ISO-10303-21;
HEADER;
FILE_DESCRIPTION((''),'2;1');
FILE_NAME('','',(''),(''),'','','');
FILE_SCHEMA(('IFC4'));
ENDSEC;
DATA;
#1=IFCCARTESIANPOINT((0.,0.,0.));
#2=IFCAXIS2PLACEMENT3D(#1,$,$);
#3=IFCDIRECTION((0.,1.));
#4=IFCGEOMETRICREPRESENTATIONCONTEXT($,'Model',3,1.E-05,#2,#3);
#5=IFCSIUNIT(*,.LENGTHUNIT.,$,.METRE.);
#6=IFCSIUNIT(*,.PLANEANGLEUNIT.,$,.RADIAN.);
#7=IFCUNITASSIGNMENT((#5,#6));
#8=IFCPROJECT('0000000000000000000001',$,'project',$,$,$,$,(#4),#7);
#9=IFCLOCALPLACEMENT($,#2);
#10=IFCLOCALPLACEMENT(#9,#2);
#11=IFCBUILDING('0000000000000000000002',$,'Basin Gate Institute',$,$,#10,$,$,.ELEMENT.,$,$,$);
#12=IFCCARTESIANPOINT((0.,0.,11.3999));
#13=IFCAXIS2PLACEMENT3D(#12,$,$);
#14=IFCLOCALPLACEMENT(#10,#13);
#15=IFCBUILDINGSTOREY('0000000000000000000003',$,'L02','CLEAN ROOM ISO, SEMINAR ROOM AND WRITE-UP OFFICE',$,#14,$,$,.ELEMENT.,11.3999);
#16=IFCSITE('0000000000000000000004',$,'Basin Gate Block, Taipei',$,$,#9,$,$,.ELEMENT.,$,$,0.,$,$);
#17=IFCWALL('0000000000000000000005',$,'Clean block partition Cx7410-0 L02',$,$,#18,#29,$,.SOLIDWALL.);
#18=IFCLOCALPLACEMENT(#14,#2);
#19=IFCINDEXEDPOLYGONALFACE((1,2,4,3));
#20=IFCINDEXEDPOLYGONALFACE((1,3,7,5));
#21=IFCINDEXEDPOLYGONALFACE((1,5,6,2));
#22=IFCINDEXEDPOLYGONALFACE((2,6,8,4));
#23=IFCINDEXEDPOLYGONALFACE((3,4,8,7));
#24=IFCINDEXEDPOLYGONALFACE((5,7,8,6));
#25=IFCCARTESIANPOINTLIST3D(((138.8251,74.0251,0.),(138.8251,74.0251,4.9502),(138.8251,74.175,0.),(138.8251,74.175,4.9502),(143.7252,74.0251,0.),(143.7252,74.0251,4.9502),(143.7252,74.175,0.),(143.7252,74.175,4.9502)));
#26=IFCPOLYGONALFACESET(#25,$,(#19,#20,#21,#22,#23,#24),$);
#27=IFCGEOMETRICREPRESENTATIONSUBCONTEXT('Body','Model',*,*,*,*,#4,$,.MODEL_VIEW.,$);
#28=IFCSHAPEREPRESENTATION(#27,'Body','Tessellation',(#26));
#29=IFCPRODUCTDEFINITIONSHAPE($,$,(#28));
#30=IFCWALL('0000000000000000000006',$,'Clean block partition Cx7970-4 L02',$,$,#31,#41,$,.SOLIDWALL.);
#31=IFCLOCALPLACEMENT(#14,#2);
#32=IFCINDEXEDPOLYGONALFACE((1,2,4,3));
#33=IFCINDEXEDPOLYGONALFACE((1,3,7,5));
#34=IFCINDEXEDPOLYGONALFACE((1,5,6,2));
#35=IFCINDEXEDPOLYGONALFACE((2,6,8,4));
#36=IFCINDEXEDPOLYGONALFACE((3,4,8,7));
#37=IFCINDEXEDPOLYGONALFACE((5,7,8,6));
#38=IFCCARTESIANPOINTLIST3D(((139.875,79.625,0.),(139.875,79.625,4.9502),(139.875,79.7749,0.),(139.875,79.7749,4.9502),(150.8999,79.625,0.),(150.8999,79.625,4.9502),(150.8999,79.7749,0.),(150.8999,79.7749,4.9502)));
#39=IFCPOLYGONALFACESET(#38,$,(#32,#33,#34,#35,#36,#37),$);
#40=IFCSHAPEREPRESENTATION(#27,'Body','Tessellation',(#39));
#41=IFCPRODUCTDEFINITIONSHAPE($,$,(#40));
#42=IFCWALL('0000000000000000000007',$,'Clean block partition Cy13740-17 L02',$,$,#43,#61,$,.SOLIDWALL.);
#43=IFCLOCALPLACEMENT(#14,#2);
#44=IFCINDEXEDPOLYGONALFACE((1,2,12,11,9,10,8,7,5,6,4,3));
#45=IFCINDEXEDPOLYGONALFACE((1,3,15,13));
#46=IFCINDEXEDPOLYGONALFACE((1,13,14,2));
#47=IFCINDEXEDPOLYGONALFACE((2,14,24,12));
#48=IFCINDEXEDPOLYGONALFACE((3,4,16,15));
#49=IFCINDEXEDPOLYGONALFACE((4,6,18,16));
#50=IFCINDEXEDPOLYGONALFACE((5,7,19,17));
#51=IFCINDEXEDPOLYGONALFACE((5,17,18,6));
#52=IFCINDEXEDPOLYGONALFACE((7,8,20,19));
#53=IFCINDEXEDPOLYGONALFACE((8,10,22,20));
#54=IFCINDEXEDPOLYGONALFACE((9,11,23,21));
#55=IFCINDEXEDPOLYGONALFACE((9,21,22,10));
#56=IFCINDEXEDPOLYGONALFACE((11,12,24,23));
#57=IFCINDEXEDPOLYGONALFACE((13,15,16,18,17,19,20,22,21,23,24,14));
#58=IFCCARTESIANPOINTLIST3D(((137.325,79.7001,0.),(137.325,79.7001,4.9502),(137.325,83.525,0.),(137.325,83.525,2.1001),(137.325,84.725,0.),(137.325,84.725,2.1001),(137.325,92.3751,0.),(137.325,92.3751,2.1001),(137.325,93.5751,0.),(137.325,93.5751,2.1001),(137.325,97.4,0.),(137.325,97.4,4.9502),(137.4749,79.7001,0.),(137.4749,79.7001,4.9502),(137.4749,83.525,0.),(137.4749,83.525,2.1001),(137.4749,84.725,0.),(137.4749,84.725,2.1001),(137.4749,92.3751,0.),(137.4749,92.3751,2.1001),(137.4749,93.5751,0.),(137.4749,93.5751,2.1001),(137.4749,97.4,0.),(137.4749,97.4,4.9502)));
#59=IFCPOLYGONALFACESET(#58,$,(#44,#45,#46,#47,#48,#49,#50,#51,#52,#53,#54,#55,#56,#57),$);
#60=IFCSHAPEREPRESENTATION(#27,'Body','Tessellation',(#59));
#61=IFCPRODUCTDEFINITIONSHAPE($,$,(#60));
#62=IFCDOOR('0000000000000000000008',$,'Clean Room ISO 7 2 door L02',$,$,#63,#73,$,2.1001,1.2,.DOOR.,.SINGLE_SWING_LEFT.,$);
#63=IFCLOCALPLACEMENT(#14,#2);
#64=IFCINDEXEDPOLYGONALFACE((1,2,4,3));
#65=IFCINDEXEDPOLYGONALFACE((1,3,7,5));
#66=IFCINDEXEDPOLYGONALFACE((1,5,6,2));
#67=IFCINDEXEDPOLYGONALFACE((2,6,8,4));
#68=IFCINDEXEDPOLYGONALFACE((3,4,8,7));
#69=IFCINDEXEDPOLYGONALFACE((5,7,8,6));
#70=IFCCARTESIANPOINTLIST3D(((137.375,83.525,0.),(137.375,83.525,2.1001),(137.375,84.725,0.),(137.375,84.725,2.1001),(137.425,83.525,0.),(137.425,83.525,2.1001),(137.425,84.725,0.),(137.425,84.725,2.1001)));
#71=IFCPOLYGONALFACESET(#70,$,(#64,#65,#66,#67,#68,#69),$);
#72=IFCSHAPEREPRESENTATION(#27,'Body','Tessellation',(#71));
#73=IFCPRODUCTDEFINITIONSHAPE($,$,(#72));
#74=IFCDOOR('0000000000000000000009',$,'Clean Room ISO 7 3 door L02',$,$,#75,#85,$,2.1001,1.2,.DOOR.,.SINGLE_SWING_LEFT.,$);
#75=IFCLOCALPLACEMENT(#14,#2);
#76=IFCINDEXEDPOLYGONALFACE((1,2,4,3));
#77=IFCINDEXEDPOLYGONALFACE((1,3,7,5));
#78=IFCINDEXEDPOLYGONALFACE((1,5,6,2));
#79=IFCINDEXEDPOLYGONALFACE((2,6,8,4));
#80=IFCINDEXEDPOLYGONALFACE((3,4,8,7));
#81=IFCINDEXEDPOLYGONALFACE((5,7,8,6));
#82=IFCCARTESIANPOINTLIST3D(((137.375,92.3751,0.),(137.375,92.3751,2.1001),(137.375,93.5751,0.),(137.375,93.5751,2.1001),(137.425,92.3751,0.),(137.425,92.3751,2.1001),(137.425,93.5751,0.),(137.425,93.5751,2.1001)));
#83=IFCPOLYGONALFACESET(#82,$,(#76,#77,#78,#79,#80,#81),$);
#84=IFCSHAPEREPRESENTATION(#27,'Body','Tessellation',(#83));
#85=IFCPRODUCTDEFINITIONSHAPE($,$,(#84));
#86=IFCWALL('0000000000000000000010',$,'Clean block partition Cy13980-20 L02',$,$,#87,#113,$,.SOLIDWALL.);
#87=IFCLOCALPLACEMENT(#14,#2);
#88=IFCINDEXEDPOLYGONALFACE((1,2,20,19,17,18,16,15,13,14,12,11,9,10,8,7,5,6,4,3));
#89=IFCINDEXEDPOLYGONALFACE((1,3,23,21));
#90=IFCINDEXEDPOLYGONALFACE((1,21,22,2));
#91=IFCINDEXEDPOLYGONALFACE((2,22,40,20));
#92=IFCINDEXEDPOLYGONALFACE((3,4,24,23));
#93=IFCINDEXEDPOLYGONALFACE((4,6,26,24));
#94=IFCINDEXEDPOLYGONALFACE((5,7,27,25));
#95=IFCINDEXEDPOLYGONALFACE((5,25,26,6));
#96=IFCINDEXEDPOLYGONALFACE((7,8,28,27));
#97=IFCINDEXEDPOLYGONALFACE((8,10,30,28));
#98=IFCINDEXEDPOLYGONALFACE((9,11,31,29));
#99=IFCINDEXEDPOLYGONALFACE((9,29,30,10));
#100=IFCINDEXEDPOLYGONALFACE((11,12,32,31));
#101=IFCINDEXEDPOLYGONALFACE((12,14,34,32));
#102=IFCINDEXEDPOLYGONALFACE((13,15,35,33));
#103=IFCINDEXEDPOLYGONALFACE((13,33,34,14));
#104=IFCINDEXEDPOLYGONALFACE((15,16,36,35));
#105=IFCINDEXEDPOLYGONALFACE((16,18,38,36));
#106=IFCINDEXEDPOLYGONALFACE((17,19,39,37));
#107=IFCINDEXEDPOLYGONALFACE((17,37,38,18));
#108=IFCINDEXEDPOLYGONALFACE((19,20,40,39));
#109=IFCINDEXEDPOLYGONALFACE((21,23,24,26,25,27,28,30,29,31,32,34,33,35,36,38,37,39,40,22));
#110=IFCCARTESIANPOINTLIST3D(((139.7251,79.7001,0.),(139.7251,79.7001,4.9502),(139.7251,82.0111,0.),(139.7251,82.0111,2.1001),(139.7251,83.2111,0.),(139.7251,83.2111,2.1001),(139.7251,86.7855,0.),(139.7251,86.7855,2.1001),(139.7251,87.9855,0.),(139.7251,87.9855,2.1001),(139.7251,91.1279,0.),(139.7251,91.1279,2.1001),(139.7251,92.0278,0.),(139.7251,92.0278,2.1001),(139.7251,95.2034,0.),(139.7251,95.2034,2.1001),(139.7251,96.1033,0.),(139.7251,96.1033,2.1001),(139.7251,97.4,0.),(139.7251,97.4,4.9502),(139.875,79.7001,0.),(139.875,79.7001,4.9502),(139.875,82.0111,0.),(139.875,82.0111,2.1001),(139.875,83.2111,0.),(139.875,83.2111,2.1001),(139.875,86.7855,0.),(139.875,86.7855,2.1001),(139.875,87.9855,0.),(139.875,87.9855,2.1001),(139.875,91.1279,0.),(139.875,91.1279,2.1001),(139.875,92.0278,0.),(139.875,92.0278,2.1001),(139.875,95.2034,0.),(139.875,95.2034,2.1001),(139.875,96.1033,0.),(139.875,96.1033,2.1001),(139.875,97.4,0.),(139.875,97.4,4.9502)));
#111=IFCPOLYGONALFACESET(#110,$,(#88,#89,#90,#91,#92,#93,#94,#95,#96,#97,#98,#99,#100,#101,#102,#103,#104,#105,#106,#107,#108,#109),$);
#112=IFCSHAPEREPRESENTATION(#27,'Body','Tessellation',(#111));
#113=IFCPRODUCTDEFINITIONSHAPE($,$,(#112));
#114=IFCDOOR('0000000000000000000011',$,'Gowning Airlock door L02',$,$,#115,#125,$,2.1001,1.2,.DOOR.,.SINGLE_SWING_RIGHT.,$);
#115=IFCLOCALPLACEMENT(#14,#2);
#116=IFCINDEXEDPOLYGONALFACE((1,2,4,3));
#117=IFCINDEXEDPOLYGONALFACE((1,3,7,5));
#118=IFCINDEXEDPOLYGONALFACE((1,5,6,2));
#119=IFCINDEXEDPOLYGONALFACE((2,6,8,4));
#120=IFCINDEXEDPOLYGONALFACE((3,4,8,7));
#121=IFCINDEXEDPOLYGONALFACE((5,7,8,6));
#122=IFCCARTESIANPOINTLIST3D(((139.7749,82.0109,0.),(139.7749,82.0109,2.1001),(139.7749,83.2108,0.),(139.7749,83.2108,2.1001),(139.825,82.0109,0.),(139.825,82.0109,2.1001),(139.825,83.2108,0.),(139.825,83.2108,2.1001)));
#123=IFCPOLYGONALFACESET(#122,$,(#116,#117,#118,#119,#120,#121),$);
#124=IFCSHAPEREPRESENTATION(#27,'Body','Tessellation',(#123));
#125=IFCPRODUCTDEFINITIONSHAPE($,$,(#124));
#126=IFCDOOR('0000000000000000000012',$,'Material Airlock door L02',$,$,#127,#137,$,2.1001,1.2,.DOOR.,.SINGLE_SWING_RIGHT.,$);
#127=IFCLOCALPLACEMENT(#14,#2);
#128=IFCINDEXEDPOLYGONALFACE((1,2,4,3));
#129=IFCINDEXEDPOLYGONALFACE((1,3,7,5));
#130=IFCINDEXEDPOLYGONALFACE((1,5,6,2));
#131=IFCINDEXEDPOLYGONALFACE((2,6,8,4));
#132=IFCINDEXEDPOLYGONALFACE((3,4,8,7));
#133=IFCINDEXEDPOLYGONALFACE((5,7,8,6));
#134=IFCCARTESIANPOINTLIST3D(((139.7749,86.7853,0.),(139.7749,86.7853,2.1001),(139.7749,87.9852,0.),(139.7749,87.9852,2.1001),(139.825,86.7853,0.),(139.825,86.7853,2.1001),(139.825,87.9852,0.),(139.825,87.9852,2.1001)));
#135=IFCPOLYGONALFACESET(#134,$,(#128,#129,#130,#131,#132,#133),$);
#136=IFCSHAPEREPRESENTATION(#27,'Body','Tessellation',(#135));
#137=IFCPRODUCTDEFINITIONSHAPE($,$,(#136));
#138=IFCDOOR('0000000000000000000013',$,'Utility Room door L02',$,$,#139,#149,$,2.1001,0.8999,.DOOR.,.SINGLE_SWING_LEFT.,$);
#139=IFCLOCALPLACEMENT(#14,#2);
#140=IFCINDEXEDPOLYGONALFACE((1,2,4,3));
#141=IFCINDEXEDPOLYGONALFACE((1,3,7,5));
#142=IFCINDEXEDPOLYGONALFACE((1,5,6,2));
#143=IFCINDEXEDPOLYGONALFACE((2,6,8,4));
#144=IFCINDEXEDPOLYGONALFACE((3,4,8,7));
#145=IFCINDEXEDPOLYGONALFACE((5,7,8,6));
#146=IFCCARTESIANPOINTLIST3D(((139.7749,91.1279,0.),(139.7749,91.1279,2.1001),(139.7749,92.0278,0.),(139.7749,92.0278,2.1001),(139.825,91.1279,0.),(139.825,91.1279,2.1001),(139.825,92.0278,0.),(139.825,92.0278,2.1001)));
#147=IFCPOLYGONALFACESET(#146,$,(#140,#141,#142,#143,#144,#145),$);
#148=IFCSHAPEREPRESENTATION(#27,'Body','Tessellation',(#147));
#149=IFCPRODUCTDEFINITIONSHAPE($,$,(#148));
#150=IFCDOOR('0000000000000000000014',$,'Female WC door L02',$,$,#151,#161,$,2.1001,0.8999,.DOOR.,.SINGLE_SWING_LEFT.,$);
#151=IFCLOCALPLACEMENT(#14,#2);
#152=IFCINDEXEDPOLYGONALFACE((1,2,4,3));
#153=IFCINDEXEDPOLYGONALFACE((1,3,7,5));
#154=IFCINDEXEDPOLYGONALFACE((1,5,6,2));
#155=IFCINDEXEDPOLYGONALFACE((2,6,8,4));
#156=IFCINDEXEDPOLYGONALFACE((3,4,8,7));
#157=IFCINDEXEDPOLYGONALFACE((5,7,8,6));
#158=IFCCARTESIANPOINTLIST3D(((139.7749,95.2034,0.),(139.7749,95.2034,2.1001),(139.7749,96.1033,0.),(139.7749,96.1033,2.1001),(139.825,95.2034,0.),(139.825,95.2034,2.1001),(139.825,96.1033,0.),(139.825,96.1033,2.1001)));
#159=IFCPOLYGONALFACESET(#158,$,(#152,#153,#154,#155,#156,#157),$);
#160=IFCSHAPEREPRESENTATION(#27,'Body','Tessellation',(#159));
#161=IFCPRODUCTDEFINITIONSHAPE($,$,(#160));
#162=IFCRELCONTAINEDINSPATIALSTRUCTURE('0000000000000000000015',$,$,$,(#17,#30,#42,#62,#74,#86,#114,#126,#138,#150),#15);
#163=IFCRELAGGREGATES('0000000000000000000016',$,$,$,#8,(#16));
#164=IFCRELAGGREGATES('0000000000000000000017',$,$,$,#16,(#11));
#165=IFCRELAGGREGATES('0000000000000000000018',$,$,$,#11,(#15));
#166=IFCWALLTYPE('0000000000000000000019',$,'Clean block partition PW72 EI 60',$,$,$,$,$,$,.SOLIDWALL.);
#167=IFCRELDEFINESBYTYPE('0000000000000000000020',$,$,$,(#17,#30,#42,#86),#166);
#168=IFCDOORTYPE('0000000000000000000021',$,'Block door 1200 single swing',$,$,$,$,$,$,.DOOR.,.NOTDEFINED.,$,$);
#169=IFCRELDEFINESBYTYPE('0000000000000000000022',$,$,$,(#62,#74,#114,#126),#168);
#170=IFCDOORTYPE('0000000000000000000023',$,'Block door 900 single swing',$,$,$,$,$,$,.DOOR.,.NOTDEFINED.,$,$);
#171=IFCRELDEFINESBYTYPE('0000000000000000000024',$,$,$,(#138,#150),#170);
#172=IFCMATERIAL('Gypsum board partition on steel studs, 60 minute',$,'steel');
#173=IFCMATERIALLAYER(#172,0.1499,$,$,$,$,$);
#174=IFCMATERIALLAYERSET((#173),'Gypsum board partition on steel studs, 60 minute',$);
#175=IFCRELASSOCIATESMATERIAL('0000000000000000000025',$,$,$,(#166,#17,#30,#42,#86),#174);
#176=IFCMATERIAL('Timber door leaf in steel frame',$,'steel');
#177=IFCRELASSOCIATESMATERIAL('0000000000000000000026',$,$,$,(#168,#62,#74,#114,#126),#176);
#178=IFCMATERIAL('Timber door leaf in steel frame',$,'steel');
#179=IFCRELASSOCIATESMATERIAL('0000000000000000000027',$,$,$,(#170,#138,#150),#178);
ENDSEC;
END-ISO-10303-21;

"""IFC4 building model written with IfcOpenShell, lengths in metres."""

from ifc_helpers import new_model, si_unit, direction, frame, frame_2d, origin, place, context, subcontext, project, spatial, rectangle, extrude, material, layer, layer_set, type_object, element, fill, save


model = new_model("IFC4")

# Units and contexts
model_context = context("Model", 3, precision=1e-05, world=origin(), true_north=direction((0.0, 1.0)))
body_context = subcontext(model_context, "Body", "Model", "MODEL_VIEW")
ifc_project = project(units=[si_unit("LENGTHUNIT", "METRE"), si_unit("PLANEANGLEUNIT", "RADIAN")], contexts=[model_context])

# Site, building, storey
site_placement = place(None, origin())
site = spatial("IfcSite", under=ifc_project, at=site_placement, Name="Basin Gate Block, Taipei", CompositionType="ELEMENT", RefElevation=0.0)
building_placement = place(site_placement, origin())
building = spatial("IfcBuilding", under=site, at=building_placement, Name="Basin Gate Institute", CompositionType="ELEMENT")
storey_placement = place(building_placement, frame((0.0, 0.0, 11.3999)))
storey = spatial("IfcBuildingStorey", under=building, at=storey_placement, Name="L02", Description="CLEAN ROOM ISO, SEMINAR ROOM AND WRITE-UP OFFICE", CompositionType="ELEMENT", Elevation=11.3999)

# Walls
ifc_material_1 = material(Name="Gypsum board partition on steel studs, 60 minute", Category="steel")
ifc_layer_1 = layer(ifc_material_1, 0.1499)
ifc_layer_set_1 = layer_set([ifc_layer_1], Name="Gypsum board partition on steel studs, 60 minute")
wall_type_1 = type_object("IfcWallType", Name="Clean block partition PW72 EI 60", PredefinedType="SOLIDWALL", material=ifc_layer_set_1)
wall_1_placement = place(storey_placement, frame((138.825, 74.1001, 0.0), z_axis=(0.0, 0.0, 1.0), x_axis=(1.0, 0.0, 0.0)))
element("IfcWall", 1, at=wall_1_placement, inside=storey, type_object=wall_type_1, material=ifc_layer_set_1, Name="Clean block partition Cx7410-0 L02", PredefinedType="SOLIDWALL", context=body_context, shape_type="SweptSolid", body=[
    extrude(rectangle(XDim=4.9001, YDim=0.1499, at=frame_2d((2.4502, 0.0))), origin(), (0.0, 0.0, 1.0), 4.9502),
])
wall_2_placement = place(storey_placement, frame((139.875, 79.7, 0.0), z_axis=(0.0, 0.0, 1.0), x_axis=(1.0, 0.0, 0.0)))
element("IfcWall", 2, at=wall_2_placement, inside=storey, type_object=wall_type_1, material=ifc_layer_set_1, Name="Clean block partition Cx7970-4 L02", PredefinedType="SOLIDWALL", context=body_context, shape_type="SweptSolid", body=[
    extrude(rectangle(XDim=11.0249, YDim=0.1499, at=frame_2d((5.5125, 0.0))), origin(), (0.0, 0.0, 1.0), 4.9502),
])

# Walls, openings, doors
wall_3_placement = place(storey_placement, frame((137.3999, 79.7, 0.0), z_axis=(0.0, 0.0, 1.0), x_axis=(0.0, 1.0, 0.0)))
wall_3 = element("IfcWall", 3, at=wall_3_placement, inside=storey, type_object=wall_type_1, material=ifc_layer_set_1, Name="Clean block partition Cy13740-17 L02", PredefinedType="SOLIDWALL", context=body_context, shape_type="SweptSolid", body=[
    extrude(rectangle(XDim=17.7, YDim=0.1499, at=frame_2d((8.8501, 0.0))), origin(), (0.0, 0.0, 1.0), 4.9502),
])
opening_1_placement = place(wall_3_placement, frame((3.825, 0.0, 0.0)))
opening_1 = element("IfcOpeningElement", 4, at=opening_1_placement, cuts=wall_3, PredefinedType="OPENING", context=body_context, shape_type="SweptSolid", body=[
    extrude(rectangle(XDim=1.2, YDim=2.1001, at=frame_2d((0.6001, 1.05))), frame((0.0, 0.085, 0.0), z_axis=(0.0, -1.0, 0.0), x_axis=(1.0, 0.0, 0.0)), (0.0, 0.0, 1.0), 0.1699),
])
opening_2_placement = place(wall_3_placement, frame((12.675, 0.0, 0.0)))
opening_2 = element("IfcOpeningElement", 5, at=opening_2_placement, cuts=wall_3, PredefinedType="OPENING", context=body_context, shape_type="SweptSolid", body=[
    extrude(rectangle(XDim=1.2, YDim=2.1001, at=frame_2d((0.6001, 1.05))), frame((0.0, 0.085, 0.0), z_axis=(0.0, -1.0, 0.0), x_axis=(1.0, 0.0, 0.0)), (0.0, 0.0, 1.0), 0.1699),
])
ifc_material_2 = material(Name="Timber door leaf in steel frame", Category="steel")
door_type_1 = type_object("IfcDoorType", Name="Block door 1200 single swing", OperationType="NOTDEFINED", PredefinedType="DOOR", material=ifc_material_2)
door_1_placement = place(opening_1_placement, origin())
door_1 = element("IfcDoor", 6, at=door_1_placement, inside=storey, type_object=door_type_1, material=ifc_material_2, Name="Clean Room ISO 7 2 door L02", OperationType="SINGLE_SWING_LEFT", OverallHeight=2.1001, OverallWidth=1.2, PredefinedType="DOOR", context=body_context, shape_type="SweptSolid", body=[
    extrude(rectangle(XDim=1.2, YDim=2.1001, at=frame_2d((0.6001, 1.05))), frame((0.0, 0.0249, 0.0), z_axis=(0.0, -1.0, 0.0), x_axis=(1.0, 0.0, 0.0)), (0.0, 0.0, 1.0), 0.05),
])
fill(opening_1, door_1)
door_2_placement = place(opening_2_placement, origin())
door_2 = element("IfcDoor", 7, at=door_2_placement, inside=storey, type_object=door_type_1, material=ifc_material_2, Name="Clean Room ISO 7 3 door L02", OperationType="SINGLE_SWING_LEFT", OverallHeight=2.1001, OverallWidth=1.2, PredefinedType="DOOR", context=body_context, shape_type="SweptSolid", body=[
    extrude(rectangle(XDim=1.2, YDim=2.1001, at=frame_2d((0.6001, 1.05))), frame((0.0, 0.0249, 0.0), z_axis=(0.0, -1.0, 0.0), x_axis=(1.0, 0.0, 0.0)), (0.0, 0.0, 1.0), 0.05),
])
fill(opening_2, door_2)
wall_4_placement = place(storey_placement, frame((139.8, 79.7, 0.0), z_axis=(0.0, 0.0, 1.0), x_axis=(0.0, 1.0, 0.0)))
wall_4 = element("IfcWall", 8, at=wall_4_placement, inside=storey, type_object=wall_type_1, material=ifc_layer_set_1, Name="Clean block partition Cy13980-20 L02", PredefinedType="SOLIDWALL", context=body_context, shape_type="SweptSolid", body=[
    extrude(rectangle(XDim=17.7, YDim=0.1499, at=frame_2d((8.8501, 0.0))), origin(), (0.0, 0.0, 1.0), 4.9502),
])
opening_3_placement = place(wall_4_placement, frame((2.311, 0.0, 0.0)))
opening_3 = element("IfcOpeningElement", 9, at=opening_3_placement, cuts=wall_4, PredefinedType="OPENING", context=body_context, shape_type="SweptSolid", body=[
    extrude(rectangle(XDim=1.2, YDim=2.1001, at=frame_2d((0.6001, 1.05))), frame((0.0, 0.085, 0.0), z_axis=(0.0, -1.0, 0.0), x_axis=(1.0, 0.0, 0.0)), (0.0, 0.0, 1.0), 0.1699),
])
opening_4_placement = place(wall_4_placement, frame((7.0854, 0.0, 0.0)))
opening_4 = element("IfcOpeningElement", 10, at=opening_4_placement, cuts=wall_4, PredefinedType="OPENING", context=body_context, shape_type="SweptSolid", body=[
    extrude(rectangle(XDim=1.2, YDim=2.1001, at=frame_2d((0.6001, 1.05))), frame((0.0, 0.085, 0.0), z_axis=(0.0, -1.0, 0.0), x_axis=(1.0, 0.0, 0.0)), (0.0, 0.0, 1.0), 0.1699),
])
opening_5_placement = place(wall_4_placement, frame((11.428, 0.0, 0.0)))
opening_5 = element("IfcOpeningElement", 11, at=opening_5_placement, cuts=wall_4, PredefinedType="OPENING", context=body_context, shape_type="SweptSolid", body=[
    extrude(rectangle(XDim=0.8999, YDim=2.1001, at=frame_2d((0.45, 1.05))), frame((0.0, 0.085, 0.0), z_axis=(0.0, -1.0, 0.0), x_axis=(1.0, 0.0, 0.0)), (0.0, 0.0, 1.0), 0.1699),
])
opening_6_placement = place(wall_4_placement, frame((15.5034, 0.0, 0.0)))
opening_6 = element("IfcOpeningElement", 12, at=opening_6_placement, cuts=wall_4, PredefinedType="OPENING", context=body_context, shape_type="SweptSolid", body=[
    extrude(rectangle(XDim=0.8999, YDim=2.1001, at=frame_2d((0.45, 1.05))), frame((0.0, 0.085, 0.0), z_axis=(0.0, -1.0, 0.0), x_axis=(1.0, 0.0, 0.0)), (0.0, 0.0, 1.0), 0.1699),
])
door_3_placement = place(opening_3_placement, frame((1.2, 0.0, 0.0), z_axis=(0.0, 0.0, 1.0), x_axis=(-1.0, 0.0, 0.0)))
door_3 = element("IfcDoor", 13, at=door_3_placement, inside=storey, type_object=door_type_1, material=ifc_material_2, Name="Gowning Airlock door L02", OperationType="SINGLE_SWING_RIGHT", OverallHeight=2.1001, OverallWidth=1.2, PredefinedType="DOOR", context=body_context, shape_type="SweptSolid", body=[
    extrude(rectangle(XDim=1.2, YDim=2.1001, at=frame_2d((0.6001, 1.05))), frame((0.0, 0.0249, 0.0), z_axis=(0.0, -1.0, 0.0), x_axis=(1.0, 0.0, 0.0)), (0.0, 0.0, 1.0), 0.05),
])
fill(opening_3, door_3)
door_4_placement = place(opening_4_placement, frame((1.2, 0.0, 0.0), z_axis=(0.0, 0.0, 1.0), x_axis=(-1.0, 0.0, 0.0)))
door_4 = element("IfcDoor", 14, at=door_4_placement, inside=storey, type_object=door_type_1, material=ifc_material_2, Name="Material Airlock door L02", OperationType="SINGLE_SWING_RIGHT", OverallHeight=2.1001, OverallWidth=1.2, PredefinedType="DOOR", context=body_context, shape_type="SweptSolid", body=[
    extrude(rectangle(XDim=1.2, YDim=2.1001, at=frame_2d((0.6001, 1.05))), frame((0.0, 0.0249, 0.0), z_axis=(0.0, -1.0, 0.0), x_axis=(1.0, 0.0, 0.0)), (0.0, 0.0, 1.0), 0.05),
])
fill(opening_4, door_4)
ifc_material_3 = material(Name="Timber door leaf in steel frame", Category="steel")
door_type_2 = type_object("IfcDoorType", Name="Block door 900 single swing", OperationType="NOTDEFINED", PredefinedType="DOOR", material=ifc_material_3)
door_5_placement = place(opening_5_placement, frame((0.8999, 0.0, 0.0), z_axis=(0.0, 0.0, 1.0), x_axis=(-1.0, 0.0, 0.0)))
door_5 = element("IfcDoor", 15, at=door_5_placement, inside=storey, type_object=door_type_2, material=ifc_material_3, Name="Utility Room door L02", OperationType="SINGLE_SWING_LEFT", OverallHeight=2.1001, OverallWidth=0.8999, PredefinedType="DOOR", context=body_context, shape_type="SweptSolid", body=[
    extrude(rectangle(XDim=0.8999, YDim=2.1001, at=frame_2d((0.45, 1.05))), frame((0.0, 0.0249, 0.0), z_axis=(0.0, -1.0, 0.0), x_axis=(1.0, 0.0, 0.0)), (0.0, 0.0, 1.0), 0.05),
])
fill(opening_5, door_5)
door_6_placement = place(opening_6_placement, frame((0.8999, 0.0, 0.0), z_axis=(0.0, 0.0, 1.0), x_axis=(-1.0, 0.0, 0.0)))
door_6 = element("IfcDoor", 16, at=door_6_placement, inside=storey, type_object=door_type_2, material=ifc_material_3, Name="Female WC door L02", OperationType="SINGLE_SWING_LEFT", OverallHeight=2.1001, OverallWidth=0.8999, PredefinedType="DOOR", context=body_context, shape_type="SweptSolid", body=[
    extrude(rectangle(XDim=0.8999, YDim=2.1001, at=frame_2d((0.45, 1.05))), frame((0.0, 0.0249, 0.0), z_axis=(0.0, -1.0, 0.0), x_axis=(1.0, 0.0, 0.0)), (0.0, 0.0, 1.0), 0.05),
])
fill(opening_6, door_6)

save(model, "model.ifc")
